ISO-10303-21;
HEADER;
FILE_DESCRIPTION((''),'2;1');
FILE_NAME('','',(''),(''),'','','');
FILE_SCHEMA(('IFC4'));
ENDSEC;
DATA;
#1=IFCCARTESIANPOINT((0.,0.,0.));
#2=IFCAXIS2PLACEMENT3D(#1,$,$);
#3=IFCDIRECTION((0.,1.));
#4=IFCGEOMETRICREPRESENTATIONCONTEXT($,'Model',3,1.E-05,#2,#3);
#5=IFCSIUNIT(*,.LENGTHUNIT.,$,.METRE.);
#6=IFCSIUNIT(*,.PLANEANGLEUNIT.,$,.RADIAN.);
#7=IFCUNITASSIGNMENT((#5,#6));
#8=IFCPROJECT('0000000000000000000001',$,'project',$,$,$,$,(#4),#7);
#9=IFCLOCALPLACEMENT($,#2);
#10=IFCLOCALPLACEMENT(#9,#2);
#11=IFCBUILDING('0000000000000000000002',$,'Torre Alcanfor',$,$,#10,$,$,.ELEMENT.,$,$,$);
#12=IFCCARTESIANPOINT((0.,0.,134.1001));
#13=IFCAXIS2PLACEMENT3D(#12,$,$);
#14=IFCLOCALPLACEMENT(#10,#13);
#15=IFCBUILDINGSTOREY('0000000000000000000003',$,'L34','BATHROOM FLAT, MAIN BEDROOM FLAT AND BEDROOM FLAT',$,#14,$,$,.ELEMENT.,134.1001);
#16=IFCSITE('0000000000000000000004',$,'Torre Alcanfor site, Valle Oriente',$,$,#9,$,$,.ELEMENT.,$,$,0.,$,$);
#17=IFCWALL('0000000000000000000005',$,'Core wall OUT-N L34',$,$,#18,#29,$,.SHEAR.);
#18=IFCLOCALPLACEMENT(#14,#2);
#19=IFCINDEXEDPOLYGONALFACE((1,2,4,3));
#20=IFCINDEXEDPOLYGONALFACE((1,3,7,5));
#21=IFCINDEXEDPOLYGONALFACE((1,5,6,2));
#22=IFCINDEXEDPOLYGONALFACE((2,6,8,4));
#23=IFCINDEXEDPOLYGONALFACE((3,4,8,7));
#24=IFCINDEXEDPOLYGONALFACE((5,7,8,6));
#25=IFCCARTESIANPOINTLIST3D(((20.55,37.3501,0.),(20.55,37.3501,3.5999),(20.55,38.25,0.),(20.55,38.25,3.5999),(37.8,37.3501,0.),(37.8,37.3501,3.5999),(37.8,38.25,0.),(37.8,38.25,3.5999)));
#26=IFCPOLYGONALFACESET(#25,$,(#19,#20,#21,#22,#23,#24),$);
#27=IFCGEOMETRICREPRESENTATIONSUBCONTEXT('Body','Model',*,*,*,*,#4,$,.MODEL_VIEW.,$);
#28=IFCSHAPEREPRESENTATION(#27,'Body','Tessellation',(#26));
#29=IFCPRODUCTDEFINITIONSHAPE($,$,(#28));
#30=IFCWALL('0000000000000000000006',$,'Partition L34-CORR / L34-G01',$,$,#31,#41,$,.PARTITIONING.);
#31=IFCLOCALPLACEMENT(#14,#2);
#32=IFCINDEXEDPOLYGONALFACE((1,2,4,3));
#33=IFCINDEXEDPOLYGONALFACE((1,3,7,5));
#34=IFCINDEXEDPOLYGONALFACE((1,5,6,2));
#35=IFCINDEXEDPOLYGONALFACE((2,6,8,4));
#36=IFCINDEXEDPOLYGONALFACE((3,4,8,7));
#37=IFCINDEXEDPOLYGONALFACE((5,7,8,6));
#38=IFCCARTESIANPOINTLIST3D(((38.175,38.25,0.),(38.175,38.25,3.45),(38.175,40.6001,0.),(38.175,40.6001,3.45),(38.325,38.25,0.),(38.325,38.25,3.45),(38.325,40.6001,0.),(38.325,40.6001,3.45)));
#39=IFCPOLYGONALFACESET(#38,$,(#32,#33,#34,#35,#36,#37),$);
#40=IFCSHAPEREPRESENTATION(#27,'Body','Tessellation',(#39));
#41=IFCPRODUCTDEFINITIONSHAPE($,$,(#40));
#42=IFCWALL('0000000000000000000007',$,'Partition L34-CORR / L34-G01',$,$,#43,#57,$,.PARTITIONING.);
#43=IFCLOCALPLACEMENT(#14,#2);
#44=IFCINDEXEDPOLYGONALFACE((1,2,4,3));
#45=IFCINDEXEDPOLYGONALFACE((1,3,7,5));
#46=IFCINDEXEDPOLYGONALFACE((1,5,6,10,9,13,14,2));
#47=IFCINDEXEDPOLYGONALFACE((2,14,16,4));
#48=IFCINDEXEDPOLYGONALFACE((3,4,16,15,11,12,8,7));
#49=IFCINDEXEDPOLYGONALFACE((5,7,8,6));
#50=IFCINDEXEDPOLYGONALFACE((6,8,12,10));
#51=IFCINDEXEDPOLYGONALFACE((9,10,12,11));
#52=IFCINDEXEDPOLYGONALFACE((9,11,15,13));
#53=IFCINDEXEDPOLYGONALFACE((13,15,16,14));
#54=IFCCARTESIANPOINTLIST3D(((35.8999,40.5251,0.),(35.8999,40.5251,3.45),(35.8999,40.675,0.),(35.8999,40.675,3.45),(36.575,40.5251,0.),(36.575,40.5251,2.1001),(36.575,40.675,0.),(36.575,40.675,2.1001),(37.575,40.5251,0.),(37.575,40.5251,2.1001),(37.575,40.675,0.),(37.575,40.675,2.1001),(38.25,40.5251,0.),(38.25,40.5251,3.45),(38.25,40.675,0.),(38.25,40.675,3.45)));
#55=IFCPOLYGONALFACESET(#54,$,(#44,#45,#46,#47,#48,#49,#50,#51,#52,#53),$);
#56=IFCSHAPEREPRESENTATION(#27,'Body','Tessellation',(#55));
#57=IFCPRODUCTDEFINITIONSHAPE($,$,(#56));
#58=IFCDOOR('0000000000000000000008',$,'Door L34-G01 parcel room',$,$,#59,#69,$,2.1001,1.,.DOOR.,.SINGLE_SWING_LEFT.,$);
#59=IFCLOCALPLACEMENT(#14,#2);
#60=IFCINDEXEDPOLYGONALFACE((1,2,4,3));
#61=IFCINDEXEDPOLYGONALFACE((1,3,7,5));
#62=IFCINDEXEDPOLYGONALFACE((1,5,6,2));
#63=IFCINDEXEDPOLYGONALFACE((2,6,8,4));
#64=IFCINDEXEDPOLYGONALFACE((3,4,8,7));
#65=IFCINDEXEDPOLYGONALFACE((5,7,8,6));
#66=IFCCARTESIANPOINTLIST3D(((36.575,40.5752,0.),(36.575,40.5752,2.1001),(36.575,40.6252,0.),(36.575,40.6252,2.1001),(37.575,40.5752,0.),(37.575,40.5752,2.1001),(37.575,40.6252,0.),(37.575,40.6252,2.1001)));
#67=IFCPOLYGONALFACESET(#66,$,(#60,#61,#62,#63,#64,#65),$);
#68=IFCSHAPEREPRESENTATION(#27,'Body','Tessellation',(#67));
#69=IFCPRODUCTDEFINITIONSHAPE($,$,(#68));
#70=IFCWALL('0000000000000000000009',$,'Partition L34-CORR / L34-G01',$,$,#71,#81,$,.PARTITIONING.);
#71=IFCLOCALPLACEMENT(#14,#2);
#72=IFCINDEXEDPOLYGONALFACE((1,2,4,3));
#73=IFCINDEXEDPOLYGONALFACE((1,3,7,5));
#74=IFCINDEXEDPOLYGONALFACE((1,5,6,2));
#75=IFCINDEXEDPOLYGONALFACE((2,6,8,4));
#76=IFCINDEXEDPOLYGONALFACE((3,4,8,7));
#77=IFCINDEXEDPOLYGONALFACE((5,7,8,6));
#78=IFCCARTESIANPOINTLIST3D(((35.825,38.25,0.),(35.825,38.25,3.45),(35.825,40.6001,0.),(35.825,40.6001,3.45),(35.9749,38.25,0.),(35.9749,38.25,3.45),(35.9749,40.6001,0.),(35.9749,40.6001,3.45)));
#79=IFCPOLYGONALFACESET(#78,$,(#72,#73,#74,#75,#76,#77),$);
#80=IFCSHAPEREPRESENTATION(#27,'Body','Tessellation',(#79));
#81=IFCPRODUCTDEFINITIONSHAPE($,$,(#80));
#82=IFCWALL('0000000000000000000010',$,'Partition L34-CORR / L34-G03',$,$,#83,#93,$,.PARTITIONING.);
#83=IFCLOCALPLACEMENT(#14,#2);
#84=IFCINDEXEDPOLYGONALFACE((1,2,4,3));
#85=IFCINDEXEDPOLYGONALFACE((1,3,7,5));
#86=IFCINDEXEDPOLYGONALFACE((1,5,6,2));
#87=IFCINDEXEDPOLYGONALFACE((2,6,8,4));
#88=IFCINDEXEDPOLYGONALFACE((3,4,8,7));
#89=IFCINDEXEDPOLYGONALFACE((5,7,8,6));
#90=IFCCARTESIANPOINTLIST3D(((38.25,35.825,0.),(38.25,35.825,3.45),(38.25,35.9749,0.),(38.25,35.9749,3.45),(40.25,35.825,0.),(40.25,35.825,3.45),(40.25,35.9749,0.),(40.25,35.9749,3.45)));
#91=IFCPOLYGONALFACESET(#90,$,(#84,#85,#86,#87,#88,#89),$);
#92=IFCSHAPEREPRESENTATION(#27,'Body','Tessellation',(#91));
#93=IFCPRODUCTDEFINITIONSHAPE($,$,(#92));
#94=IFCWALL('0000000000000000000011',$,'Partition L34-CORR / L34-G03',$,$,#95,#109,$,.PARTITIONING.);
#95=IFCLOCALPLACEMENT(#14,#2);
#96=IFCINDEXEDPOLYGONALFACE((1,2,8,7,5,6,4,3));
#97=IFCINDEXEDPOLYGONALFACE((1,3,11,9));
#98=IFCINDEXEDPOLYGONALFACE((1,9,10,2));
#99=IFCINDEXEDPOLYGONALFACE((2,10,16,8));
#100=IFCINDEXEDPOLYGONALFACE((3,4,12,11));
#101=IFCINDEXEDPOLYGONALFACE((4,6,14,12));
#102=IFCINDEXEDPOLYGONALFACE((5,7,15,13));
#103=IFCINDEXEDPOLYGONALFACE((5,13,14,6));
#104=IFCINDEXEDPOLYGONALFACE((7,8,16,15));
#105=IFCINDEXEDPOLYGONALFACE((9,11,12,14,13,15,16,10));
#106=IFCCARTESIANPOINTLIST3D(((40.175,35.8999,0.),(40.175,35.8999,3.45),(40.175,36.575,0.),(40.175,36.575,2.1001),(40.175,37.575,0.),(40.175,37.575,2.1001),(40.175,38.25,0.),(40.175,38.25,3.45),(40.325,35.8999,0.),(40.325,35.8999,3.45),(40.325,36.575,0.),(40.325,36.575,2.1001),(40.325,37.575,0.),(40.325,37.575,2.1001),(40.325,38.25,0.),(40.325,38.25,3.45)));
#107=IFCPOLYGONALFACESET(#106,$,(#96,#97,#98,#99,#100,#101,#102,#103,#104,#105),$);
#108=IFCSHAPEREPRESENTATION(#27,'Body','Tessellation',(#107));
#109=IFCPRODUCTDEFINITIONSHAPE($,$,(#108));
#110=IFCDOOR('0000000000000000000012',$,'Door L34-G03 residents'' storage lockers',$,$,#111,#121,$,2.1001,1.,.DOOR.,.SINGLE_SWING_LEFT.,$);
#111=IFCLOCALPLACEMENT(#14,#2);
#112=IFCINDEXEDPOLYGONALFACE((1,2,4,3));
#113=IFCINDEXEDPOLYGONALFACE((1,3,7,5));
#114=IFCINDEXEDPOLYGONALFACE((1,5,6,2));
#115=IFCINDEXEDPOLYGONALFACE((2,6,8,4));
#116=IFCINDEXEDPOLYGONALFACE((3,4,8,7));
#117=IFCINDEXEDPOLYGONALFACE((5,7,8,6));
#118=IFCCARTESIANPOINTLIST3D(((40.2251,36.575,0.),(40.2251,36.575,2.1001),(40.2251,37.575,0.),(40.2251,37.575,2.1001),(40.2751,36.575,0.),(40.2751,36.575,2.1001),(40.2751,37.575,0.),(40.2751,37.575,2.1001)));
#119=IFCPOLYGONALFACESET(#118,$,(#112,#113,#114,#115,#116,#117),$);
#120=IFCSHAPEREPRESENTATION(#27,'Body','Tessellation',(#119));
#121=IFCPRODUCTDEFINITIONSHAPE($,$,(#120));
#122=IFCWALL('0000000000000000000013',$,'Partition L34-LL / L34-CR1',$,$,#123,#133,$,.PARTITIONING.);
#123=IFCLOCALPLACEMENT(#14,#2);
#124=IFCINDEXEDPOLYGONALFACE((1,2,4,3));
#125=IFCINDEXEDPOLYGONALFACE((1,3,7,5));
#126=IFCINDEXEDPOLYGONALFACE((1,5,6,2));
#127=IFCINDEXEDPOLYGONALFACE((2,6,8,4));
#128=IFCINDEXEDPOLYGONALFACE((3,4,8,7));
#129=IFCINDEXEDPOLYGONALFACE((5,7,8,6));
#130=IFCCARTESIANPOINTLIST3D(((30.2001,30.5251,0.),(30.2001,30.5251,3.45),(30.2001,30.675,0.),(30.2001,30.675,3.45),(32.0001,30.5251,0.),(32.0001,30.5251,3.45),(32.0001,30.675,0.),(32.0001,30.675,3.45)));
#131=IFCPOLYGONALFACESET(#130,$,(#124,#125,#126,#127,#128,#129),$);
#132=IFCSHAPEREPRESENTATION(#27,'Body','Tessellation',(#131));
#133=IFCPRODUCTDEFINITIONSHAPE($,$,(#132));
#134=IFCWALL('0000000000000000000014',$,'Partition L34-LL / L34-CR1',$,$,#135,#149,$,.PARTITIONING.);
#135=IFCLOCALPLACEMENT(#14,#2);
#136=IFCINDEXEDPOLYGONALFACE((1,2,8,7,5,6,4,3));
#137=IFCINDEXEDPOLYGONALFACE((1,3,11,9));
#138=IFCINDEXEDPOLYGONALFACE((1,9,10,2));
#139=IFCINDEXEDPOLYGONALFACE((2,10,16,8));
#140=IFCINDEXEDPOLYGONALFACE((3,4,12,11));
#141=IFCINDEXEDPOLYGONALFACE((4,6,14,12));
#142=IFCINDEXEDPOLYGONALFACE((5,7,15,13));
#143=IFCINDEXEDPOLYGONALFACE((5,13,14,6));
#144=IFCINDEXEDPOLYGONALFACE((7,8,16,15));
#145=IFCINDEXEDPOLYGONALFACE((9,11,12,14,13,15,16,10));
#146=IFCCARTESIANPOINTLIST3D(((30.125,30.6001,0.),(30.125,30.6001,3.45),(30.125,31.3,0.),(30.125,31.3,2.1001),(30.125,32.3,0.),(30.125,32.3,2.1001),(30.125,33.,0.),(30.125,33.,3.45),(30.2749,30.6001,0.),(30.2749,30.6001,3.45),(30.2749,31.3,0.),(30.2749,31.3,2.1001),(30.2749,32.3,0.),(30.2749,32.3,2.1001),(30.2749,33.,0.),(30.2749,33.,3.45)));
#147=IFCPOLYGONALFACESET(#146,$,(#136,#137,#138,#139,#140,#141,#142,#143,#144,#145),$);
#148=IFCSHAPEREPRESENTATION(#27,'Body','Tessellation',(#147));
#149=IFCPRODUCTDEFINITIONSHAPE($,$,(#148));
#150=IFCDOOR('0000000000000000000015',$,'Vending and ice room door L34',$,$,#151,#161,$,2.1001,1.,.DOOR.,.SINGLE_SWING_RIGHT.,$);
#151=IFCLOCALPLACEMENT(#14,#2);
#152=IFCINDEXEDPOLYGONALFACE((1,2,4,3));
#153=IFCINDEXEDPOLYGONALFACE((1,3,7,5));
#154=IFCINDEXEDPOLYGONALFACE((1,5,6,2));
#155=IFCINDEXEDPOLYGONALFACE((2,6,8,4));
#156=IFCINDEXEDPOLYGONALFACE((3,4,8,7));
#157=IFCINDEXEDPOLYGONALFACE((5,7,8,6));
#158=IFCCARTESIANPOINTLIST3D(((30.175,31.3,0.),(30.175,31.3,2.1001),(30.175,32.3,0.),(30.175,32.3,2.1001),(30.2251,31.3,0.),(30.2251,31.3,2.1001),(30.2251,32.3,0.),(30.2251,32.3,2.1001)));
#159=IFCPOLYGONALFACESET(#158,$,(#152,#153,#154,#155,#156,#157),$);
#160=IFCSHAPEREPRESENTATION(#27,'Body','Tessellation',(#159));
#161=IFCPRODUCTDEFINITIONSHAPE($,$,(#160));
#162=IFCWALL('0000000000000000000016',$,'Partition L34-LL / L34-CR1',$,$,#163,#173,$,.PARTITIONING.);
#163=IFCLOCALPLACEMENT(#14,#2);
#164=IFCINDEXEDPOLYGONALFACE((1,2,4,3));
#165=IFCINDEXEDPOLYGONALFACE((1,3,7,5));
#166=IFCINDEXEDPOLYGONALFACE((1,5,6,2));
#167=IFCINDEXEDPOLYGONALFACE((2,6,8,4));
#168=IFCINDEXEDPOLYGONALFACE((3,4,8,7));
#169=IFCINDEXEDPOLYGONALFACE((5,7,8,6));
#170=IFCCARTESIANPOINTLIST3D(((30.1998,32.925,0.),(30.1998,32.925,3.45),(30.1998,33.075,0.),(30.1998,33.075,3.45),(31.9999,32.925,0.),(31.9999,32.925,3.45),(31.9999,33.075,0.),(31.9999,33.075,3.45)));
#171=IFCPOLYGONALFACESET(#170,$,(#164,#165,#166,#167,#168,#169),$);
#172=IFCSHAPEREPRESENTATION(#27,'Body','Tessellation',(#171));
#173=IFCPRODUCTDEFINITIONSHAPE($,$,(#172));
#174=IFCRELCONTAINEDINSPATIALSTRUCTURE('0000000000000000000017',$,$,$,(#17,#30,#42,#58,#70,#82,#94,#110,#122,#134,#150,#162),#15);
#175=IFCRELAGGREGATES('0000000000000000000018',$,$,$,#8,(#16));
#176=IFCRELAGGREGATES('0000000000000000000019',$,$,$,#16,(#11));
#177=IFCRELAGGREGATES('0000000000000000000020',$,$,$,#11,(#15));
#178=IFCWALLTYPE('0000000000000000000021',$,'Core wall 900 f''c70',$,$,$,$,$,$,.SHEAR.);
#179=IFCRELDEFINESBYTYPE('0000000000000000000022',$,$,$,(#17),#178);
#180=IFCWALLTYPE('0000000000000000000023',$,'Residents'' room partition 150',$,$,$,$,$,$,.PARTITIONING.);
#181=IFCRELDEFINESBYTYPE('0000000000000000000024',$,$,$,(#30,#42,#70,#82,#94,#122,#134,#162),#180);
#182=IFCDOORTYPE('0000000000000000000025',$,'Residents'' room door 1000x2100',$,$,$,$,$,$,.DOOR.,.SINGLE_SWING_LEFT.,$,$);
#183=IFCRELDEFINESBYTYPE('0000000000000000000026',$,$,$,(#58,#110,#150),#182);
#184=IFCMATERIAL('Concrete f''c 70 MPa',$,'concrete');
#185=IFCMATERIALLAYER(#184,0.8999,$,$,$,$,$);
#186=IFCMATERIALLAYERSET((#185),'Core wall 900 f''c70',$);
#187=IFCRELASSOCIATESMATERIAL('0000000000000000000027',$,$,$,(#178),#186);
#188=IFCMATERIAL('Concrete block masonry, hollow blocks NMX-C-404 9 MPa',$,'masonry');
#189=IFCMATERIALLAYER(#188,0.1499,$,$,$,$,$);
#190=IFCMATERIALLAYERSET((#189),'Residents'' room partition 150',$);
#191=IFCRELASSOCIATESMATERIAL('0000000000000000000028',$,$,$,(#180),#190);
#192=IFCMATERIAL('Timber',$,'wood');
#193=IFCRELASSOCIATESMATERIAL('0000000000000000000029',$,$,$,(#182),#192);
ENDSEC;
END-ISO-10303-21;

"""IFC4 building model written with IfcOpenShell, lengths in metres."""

from ifc_helpers import new_model, si_unit, direction, frame, frame_2d, origin, place, context, subcontext, project, spatial, rectangle, extrude, material, layer, layer_set, type_object, element, fill, save


model = new_model("IFC4")

# Units and contexts
model_context = context("Model", 3, precision=1e-05, world=origin(), true_north=direction((0.0, 1.0)))
body_context = subcontext(model_context, "Body", "Model", "MODEL_VIEW")
ifc_project = project(units=[si_unit("LENGTHUNIT", "METRE"), si_unit("PLANEANGLEUNIT", "RADIAN")], contexts=[model_context])

# Site, building, storey
site_placement = place(None, origin())
site = spatial("IfcSite", under=ifc_project, at=site_placement, Name="Torre Alcanfor site, Valle Oriente", CompositionType="ELEMENT", RefElevation=0.0)
building_placement = place(site_placement, origin())
building = spatial("IfcBuilding", under=site, at=building_placement, Name="Torre Alcanfor", CompositionType="ELEMENT")
storey_placement = place(building_placement, frame((0.0, 0.0, 134.1001)))
storey = spatial("IfcBuildingStorey", under=building, at=storey_placement, Name="L34", Description="BATHROOM FLAT, MAIN BEDROOM FLAT AND BEDROOM FLAT", CompositionType="ELEMENT", Elevation=134.1001)

# Walls
ifc_material_1 = material(Name="Concrete f'c 70 MPa", Category="concrete")
ifc_layer_1 = layer(ifc_material_1, 0.8999)
ifc_layer_set_1 = layer_set([ifc_layer_1], Name="Core wall 900 f'c70")
wall_type_1 = type_object("IfcWallType", Name="Core wall 900 f'c70", PredefinedType="SHEAR", material=ifc_layer_set_1)
wall_1_placement = place(storey_placement, frame((37.8, 37.8, 0.0), z_axis=(0.0, 0.0, 1.0), x_axis=(-1.0, 0.0, 0.0)))
element("IfcWall", 1, at=wall_1_placement, inside=storey, type_object=wall_type_1, Name="Core wall OUT-N L34", PredefinedType="SHEAR", context=body_context, shape_type="SweptSolid", body=[
    extrude(rectangle(XDim=17.25, YDim=0.8999, at=frame_2d((8.625, 0.0))), origin(), (0.0, 0.0, 1.0), 3.5999),
])
ifc_material_2 = material(Name="Concrete block masonry, hollow blocks NMX-C-404 9 MPa", Category="masonry")
ifc_layer_2 = layer(ifc_material_2, 0.1499)
ifc_layer_set_2 = layer_set([ifc_layer_2], Name="Residents' room partition 150")
wall_type_2 = type_object("IfcWallType", Name="Residents' room partition 150", PredefinedType="PARTITIONING", material=ifc_layer_set_2)
wall_2_placement = place(storey_placement, frame((38.25, 38.25, 0.0), z_axis=(0.0, 0.0, 1.0), x_axis=(0.0, 1.0, 0.0)))
element("IfcWall", 2, at=wall_2_placement, inside=storey, type_object=wall_type_2, Name="Partition L34-CORR / L34-G01", PredefinedType="PARTITIONING", context=body_context, shape_type="SweptSolid", body=[
    extrude(rectangle(XDim=2.3501, YDim=0.1499, at=frame_2d((1.175, 0.0))), origin(), (0.0, 0.0, 1.0), 3.45),
])

# Wall, opening, door
wall_3_placement = place(storey_placement, frame((38.25, 40.6001, 0.0), z_axis=(0.0, 0.0, 1.0), x_axis=(-1.0, 0.0, 0.0)))
wall_3 = element("IfcWall", 3, at=wall_3_placement, inside=storey, type_object=wall_type_2, Name="Partition L34-CORR / L34-G01", PredefinedType="PARTITIONING", context=body_context, shape_type="SweptSolid", body=[
    extrude(rectangle(XDim=2.3501, YDim=0.1499, at=frame_2d((1.175, 0.0))), origin(), (0.0, 0.0, 1.0), 3.45),
])
opening_1_placement = place(wall_3_placement, frame((0.675, 0.0, 0.0)))
opening_1 = element("IfcOpeningElement", 4, at=opening_1_placement, cuts=wall_3, PredefinedType="OPENING", context=body_context, shape_type="SweptSolid", body=[
    extrude(rectangle(XDim=1.0, YDim=2.1001, at=frame_2d((0.5, 1.05))), frame((0.0, 0.085, 0.0), z_axis=(0.0, -1.0, 0.0), x_axis=(1.0, 0.0, 0.0)), (0.0, 0.0, 1.0), 0.1699),
])
ifc_material_3 = material(Name="Timber", Category="wood")
door_type = type_object("IfcDoorType", Name="Residents' room door 1000x2100", OperationType="SINGLE_SWING_LEFT", PredefinedType="DOOR", material=ifc_material_3)
door_1_placement = place(opening_1_placement, origin())
door_1 = element("IfcDoor", 5, at=door_1_placement, inside=storey, type_object=door_type, Name="Door L34-G01 parcel room", OperationType="SINGLE_SWING_LEFT", OverallHeight=2.1001, OverallWidth=1.0, PredefinedType="DOOR", context=body_context, shape_type="SweptSolid", body=[
    extrude(rectangle(XDim=1.0, YDim=2.1001, at=frame_2d((0.5, 1.05))), frame((0.0, 0.0249, 0.0), z_axis=(0.0, -1.0, 0.0), x_axis=(1.0, 0.0, 0.0)), (0.0, 0.0, 1.0), 0.05),
])
fill(opening_1, door_1)

# Walls
wall_4_placement = place(storey_placement, frame((35.8999, 40.6001, 0.0), z_axis=(0.0, 0.0, 1.0), x_axis=(0.0, -1.0, 0.0)))
element("IfcWall", 6, at=wall_4_placement, inside=storey, type_object=wall_type_2, Name="Partition L34-CORR / L34-G01", PredefinedType="PARTITIONING", context=body_context, shape_type="SweptSolid", body=[
    extrude(rectangle(XDim=2.3501, YDim=0.1499, at=frame_2d((1.175, 0.0))), origin(), (0.0, 0.0, 1.0), 3.45),
])
wall_5_placement = place(storey_placement, frame((38.25, 35.8999, 0.0), z_axis=(0.0, 0.0, 1.0), x_axis=(1.0, 0.0, 0.0)))
element("IfcWall", 7, at=wall_5_placement, inside=storey, type_object=wall_type_2, Name="Partition L34-CORR / L34-G03", PredefinedType="PARTITIONING", context=body_context, shape_type="SweptSolid", body=[
    extrude(rectangle(XDim=2.0, YDim=0.1499, at=frame_2d((1.0, 0.0))), origin(), (0.0, 0.0, 1.0), 3.45),
])

# Wall, opening, door
wall_6_placement = place(storey_placement, frame((40.25, 35.8999, 0.0), z_axis=(0.0, 0.0, 1.0), x_axis=(0.0, 1.0, 0.0)))
wall_6 = element("IfcWall", 8, at=wall_6_placement, inside=storey, type_object=wall_type_2, Name="Partition L34-CORR / L34-G03", PredefinedType="PARTITIONING", context=body_context, shape_type="SweptSolid", body=[
    extrude(rectangle(XDim=2.3501, YDim=0.1499, at=frame_2d((1.175, 0.0))), origin(), (0.0, 0.0, 1.0), 3.45),
])
opening_2_placement = place(wall_6_placement, frame((0.675, 0.0, 0.0)))
opening_2 = element("IfcOpeningElement", 9, at=opening_2_placement, cuts=wall_6, PredefinedType="OPENING", context=body_context, shape_type="SweptSolid", body=[
    extrude(rectangle(XDim=1.0, YDim=2.1001, at=frame_2d((0.5, 1.05))), frame((0.0, 0.085, 0.0), z_axis=(0.0, -1.0, 0.0), x_axis=(1.0, 0.0, 0.0)), (0.0, 0.0, 1.0), 0.1699),
])
door_2_placement = place(opening_2_placement, origin())
door_2 = element("IfcDoor", 10, at=door_2_placement, inside=storey, type_object=door_type, Name="Door L34-G03 residents' storage lockers", OperationType="SINGLE_SWING_LEFT", OverallHeight=2.1001, OverallWidth=1.0, PredefinedType="DOOR", context=body_context, shape_type="SweptSolid", body=[
    extrude(rectangle(XDim=1.0, YDim=2.1001, at=frame_2d((0.5, 1.05))), frame((0.0, 0.0249, 0.0), z_axis=(0.0, -1.0, 0.0), x_axis=(1.0, 0.0, 0.0)), (0.0, 0.0, 1.0), 0.05),
])
fill(opening_2, door_2)

# Wall
wall_7_placement = place(storey_placement, frame((32.0, 30.6001, 0.0), z_axis=(0.0, 0.0, 1.0), x_axis=(-1.0, 0.0, 0.0)))
element("IfcWall", 11, at=wall_7_placement, inside=storey, type_object=wall_type_2, Name="Partition L34-LL / L34-CR1", PredefinedType="PARTITIONING", context=body_context, shape_type="SweptSolid", body=[
    extrude(rectangle(XDim=1.8, YDim=0.1499, at=frame_2d((0.8999, 0.0))), origin(), (0.0, 0.0, 1.0), 3.45),
])

# Wall, opening, door
wall_8_placement = place(storey_placement, frame((30.2, 30.6001, 0.0), z_axis=(0.0, 0.0, 1.0), x_axis=(0.0, 1.0, 0.0)))
wall_8 = element("IfcWall", 12, at=wall_8_placement, inside=storey, type_object=wall_type_2, Name="Partition L34-LL / L34-CR1", PredefinedType="PARTITIONING", context=body_context, shape_type="SweptSolid", body=[
    extrude(rectangle(XDim=2.3999, YDim=0.1499, at=frame_2d((1.2, 0.0))), origin(), (0.0, 0.0, 1.0), 3.45),
])
opening_3_placement = place(wall_8_placement, frame((0.7, 0.0, 0.0)))
opening_3 = element("IfcOpeningElement", 13, at=opening_3_placement, cuts=wall_8, PredefinedType="OPENING", context=body_context, shape_type="SweptSolid", body=[
    extrude(rectangle(XDim=1.0, YDim=2.1001, at=frame_2d((0.5, 1.05))), frame((0.0, 0.085, 0.0), z_axis=(0.0, -1.0, 0.0), x_axis=(1.0, 0.0, 0.0)), (0.0, 0.0, 1.0), 0.1699),
])
door_3_placement = place(opening_3_placement, frame((1.0, 0.0, 0.0), z_axis=(0.0, 0.0, 1.0), x_axis=(-1.0, 0.0, 0.0)))
door_3 = element("IfcDoor", 14, at=door_3_placement, inside=storey, type_object=door_type, Name="Vending and ice room door L34", OperationType="SINGLE_SWING_RIGHT", OverallHeight=2.1001, OverallWidth=1.0, PredefinedType="DOOR", context=body_context, shape_type="SweptSolid", body=[
    extrude(rectangle(XDim=1.0, YDim=2.1001, at=frame_2d((0.5, 1.05))), frame((0.0, 0.0251, 0.0), z_axis=(0.0, -1.0, 0.0), x_axis=(1.0, 0.0, 0.0)), (0.0, 0.0, 1.0), 0.05),
])
fill(opening_3, door_3)

# Wall
wall_9_placement = place(storey_placement, frame((30.2, 33.0, 0.0), z_axis=(0.0, 0.0, 1.0), x_axis=(1.0, 0.0, 0.0)))
element("IfcWall", 15, at=wall_9_placement, inside=storey, type_object=wall_type_2, Name="Partition L34-LL / L34-CR1", PredefinedType="PARTITIONING", context=body_context, shape_type="SweptSolid", body=[
    extrude(rectangle(XDim=1.8, YDim=0.1499, at=frame_2d((0.8999, 0.0))), origin(), (0.0, 0.0, 1.0), 3.45),
])

save(model, "model.ifc")
